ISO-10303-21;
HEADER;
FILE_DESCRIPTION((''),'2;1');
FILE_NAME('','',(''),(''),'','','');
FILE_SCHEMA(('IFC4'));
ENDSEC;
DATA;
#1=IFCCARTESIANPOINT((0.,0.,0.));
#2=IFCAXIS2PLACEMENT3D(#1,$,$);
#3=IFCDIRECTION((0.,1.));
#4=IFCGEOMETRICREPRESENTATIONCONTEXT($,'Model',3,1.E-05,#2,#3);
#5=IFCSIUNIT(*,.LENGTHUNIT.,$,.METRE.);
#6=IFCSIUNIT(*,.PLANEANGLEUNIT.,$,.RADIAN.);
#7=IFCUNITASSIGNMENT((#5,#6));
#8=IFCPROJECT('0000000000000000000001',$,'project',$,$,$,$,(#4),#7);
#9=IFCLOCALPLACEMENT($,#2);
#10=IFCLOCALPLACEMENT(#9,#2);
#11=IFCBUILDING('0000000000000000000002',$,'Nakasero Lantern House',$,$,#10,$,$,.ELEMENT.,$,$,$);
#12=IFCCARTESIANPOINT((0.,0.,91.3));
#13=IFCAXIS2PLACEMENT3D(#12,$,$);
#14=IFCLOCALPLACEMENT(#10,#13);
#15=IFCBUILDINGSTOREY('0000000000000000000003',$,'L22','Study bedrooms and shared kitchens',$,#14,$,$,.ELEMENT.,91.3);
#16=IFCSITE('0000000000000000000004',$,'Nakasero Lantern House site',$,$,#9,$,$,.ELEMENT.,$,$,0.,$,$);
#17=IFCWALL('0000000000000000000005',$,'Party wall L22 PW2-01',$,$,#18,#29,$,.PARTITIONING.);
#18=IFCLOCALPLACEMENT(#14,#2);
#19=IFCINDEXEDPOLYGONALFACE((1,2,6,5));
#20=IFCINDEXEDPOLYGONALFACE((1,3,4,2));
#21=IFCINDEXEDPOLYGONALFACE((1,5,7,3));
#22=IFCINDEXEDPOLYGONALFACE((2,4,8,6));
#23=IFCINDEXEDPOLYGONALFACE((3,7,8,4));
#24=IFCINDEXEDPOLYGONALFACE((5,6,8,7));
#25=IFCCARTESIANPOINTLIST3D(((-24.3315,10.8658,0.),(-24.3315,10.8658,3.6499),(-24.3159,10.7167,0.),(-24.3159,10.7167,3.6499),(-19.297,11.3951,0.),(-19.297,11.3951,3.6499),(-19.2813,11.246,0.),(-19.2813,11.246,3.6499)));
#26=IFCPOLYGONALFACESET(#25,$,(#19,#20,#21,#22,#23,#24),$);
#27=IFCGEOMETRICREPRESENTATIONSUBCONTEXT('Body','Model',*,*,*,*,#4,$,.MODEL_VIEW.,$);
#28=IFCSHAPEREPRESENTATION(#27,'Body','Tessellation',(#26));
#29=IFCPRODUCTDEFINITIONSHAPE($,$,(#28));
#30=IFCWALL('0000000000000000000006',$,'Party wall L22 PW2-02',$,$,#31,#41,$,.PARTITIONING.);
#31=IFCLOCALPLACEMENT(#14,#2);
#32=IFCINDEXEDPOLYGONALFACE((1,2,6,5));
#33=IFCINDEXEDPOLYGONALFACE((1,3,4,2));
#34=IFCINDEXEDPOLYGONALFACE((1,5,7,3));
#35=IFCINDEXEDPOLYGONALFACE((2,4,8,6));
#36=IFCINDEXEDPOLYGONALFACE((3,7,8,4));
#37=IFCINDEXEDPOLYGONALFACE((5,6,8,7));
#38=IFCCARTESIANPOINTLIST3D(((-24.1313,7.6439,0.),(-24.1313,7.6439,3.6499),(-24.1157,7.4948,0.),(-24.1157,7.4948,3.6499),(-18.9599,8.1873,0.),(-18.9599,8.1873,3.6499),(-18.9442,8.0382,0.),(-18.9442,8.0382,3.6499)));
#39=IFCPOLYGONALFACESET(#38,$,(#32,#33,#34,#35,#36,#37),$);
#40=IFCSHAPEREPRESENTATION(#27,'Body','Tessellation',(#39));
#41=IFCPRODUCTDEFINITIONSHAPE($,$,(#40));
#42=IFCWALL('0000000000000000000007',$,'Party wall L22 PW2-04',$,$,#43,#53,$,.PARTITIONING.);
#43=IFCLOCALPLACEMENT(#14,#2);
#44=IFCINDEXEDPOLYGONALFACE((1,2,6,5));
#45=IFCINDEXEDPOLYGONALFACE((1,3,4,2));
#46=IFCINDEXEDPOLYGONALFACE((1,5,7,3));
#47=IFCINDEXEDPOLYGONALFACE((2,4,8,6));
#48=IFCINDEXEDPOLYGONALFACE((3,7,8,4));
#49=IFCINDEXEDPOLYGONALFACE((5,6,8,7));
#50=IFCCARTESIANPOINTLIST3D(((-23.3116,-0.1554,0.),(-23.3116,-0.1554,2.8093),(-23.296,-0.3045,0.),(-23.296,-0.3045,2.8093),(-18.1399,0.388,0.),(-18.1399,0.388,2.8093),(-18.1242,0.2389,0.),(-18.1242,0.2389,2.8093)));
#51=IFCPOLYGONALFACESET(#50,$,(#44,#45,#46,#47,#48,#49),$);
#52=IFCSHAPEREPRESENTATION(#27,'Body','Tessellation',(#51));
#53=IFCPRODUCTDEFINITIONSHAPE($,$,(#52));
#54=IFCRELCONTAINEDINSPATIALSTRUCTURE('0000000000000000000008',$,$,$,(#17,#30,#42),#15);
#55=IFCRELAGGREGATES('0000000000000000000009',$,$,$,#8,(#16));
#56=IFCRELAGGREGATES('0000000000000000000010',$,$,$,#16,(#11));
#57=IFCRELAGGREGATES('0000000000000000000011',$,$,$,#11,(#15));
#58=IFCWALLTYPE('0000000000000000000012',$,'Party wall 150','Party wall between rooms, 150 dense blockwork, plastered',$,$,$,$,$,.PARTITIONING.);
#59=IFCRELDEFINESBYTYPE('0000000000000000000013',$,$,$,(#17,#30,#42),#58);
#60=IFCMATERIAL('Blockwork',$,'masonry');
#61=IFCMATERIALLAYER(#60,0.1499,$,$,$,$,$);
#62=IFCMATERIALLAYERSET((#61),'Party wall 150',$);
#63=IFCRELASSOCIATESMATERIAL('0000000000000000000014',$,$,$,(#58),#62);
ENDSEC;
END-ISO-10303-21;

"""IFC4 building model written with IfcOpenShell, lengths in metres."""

from ifc_helpers import new_model, si_unit, direction, frame, frame_2d, origin, place, context, subcontext, project, spatial, rectangle, extrude, material, layer, layer_set, type_object, element, save


model = new_model("IFC4")

# Units and contexts
model_context = context("Model", 3, precision=1e-05, world=origin(), true_north=direction((0.0, 1.0)))
body_context = subcontext(model_context, "Body", "Model", "MODEL_VIEW")
ifc_project = project(units=[si_unit("LENGTHUNIT", "METRE"), si_unit("PLANEANGLEUNIT", "RADIAN")], contexts=[model_context])

# Site, building, storey
site_placement = place(None, origin())
site = spatial("IfcSite", under=ifc_project, at=site_placement, Name="Nakasero Lantern House site", CompositionType="ELEMENT", RefElevation=0.0)
building_placement = place(site_placement, origin())
building = spatial("IfcBuilding", under=site, at=building_placement, Name="Nakasero Lantern House", CompositionType="ELEMENT")
storey_placement = place(building_placement, frame((0.0, 0.0, 91.3)))
storey = spatial("IfcBuildingStorey", under=building, at=storey_placement, Name="L22", Description="Study bedrooms and shared kitchens", CompositionType="ELEMENT", Elevation=91.3)

# Walls
ifc_material_1 = material(Name="Blockwork", Category="masonry")
ifc_layer_1 = layer(ifc_material_1, 0.1499)
ifc_layer_set_1 = layer_set([ifc_layer_1], Name="Party wall 150")
wall_type_1 = type_object("IfcWallType", Name="Party wall 150", Description="Party wall between rooms, 150 dense blockwork, plastered", PredefinedType="PARTITIONING", material=ifc_layer_set_1)
wall_1_placement = place(storey_placement, frame((-19.2891, 11.3206, 0.0), z_axis=(0.0, 0.0, 1.0), x_axis=(-0.994519, -0.104559, 0.0)))
element("IfcWall", 1, at=wall_1_placement, inside=storey, type_object=wall_type_1, Name="Party wall L22 PW2-01", PredefinedType="PARTITIONING", context=body_context, shape_type="SweptSolid", body=[
    extrude(rectangle(XDim=5.0623, YDim=0.1499, at=frame_2d((2.5312, 0.0))), origin(), (0.0, 0.0, 1.0), 3.6499),
])
wall_2_placement = place(storey_placement, frame((-18.9519, 8.1128, 0.0), z_axis=(0.0, 0.0, 1.0), x_axis=(-0.994523, -0.104514, 0.0)))
element("IfcWall", 2, at=wall_2_placement, inside=storey, type_object=wall_type_1, Name="Party wall L22 PW2-02", PredefinedType="PARTITIONING", context=body_context, shape_type="SweptSolid", body=[
    extrude(rectangle(XDim=5.2, YDim=0.1499, at=frame_2d((2.6001, 0.0))), origin(), (0.0, 0.0, 1.0), 3.6499),
])
wall_3_placement = place(storey_placement, frame((-18.1321, 0.3135, 0.0), z_axis=(0.0, 0.0, 1.0), x_axis=(-0.994524, -0.104509, 0.0)))
element("IfcWall", 3, at=wall_3_placement, inside=storey, type_object=wall_type_1, Name="Party wall L22 PW2-04", PredefinedType="PARTITIONING", context=body_context, shape_type="SweptSolid", body=[
    extrude(rectangle(XDim=5.2002, YDim=0.1499, at=frame_2d((2.6001, 0.0))), origin(), (0.0, 0.0, 1.0), 2.8093),
])

save(model, "model.ifc")
